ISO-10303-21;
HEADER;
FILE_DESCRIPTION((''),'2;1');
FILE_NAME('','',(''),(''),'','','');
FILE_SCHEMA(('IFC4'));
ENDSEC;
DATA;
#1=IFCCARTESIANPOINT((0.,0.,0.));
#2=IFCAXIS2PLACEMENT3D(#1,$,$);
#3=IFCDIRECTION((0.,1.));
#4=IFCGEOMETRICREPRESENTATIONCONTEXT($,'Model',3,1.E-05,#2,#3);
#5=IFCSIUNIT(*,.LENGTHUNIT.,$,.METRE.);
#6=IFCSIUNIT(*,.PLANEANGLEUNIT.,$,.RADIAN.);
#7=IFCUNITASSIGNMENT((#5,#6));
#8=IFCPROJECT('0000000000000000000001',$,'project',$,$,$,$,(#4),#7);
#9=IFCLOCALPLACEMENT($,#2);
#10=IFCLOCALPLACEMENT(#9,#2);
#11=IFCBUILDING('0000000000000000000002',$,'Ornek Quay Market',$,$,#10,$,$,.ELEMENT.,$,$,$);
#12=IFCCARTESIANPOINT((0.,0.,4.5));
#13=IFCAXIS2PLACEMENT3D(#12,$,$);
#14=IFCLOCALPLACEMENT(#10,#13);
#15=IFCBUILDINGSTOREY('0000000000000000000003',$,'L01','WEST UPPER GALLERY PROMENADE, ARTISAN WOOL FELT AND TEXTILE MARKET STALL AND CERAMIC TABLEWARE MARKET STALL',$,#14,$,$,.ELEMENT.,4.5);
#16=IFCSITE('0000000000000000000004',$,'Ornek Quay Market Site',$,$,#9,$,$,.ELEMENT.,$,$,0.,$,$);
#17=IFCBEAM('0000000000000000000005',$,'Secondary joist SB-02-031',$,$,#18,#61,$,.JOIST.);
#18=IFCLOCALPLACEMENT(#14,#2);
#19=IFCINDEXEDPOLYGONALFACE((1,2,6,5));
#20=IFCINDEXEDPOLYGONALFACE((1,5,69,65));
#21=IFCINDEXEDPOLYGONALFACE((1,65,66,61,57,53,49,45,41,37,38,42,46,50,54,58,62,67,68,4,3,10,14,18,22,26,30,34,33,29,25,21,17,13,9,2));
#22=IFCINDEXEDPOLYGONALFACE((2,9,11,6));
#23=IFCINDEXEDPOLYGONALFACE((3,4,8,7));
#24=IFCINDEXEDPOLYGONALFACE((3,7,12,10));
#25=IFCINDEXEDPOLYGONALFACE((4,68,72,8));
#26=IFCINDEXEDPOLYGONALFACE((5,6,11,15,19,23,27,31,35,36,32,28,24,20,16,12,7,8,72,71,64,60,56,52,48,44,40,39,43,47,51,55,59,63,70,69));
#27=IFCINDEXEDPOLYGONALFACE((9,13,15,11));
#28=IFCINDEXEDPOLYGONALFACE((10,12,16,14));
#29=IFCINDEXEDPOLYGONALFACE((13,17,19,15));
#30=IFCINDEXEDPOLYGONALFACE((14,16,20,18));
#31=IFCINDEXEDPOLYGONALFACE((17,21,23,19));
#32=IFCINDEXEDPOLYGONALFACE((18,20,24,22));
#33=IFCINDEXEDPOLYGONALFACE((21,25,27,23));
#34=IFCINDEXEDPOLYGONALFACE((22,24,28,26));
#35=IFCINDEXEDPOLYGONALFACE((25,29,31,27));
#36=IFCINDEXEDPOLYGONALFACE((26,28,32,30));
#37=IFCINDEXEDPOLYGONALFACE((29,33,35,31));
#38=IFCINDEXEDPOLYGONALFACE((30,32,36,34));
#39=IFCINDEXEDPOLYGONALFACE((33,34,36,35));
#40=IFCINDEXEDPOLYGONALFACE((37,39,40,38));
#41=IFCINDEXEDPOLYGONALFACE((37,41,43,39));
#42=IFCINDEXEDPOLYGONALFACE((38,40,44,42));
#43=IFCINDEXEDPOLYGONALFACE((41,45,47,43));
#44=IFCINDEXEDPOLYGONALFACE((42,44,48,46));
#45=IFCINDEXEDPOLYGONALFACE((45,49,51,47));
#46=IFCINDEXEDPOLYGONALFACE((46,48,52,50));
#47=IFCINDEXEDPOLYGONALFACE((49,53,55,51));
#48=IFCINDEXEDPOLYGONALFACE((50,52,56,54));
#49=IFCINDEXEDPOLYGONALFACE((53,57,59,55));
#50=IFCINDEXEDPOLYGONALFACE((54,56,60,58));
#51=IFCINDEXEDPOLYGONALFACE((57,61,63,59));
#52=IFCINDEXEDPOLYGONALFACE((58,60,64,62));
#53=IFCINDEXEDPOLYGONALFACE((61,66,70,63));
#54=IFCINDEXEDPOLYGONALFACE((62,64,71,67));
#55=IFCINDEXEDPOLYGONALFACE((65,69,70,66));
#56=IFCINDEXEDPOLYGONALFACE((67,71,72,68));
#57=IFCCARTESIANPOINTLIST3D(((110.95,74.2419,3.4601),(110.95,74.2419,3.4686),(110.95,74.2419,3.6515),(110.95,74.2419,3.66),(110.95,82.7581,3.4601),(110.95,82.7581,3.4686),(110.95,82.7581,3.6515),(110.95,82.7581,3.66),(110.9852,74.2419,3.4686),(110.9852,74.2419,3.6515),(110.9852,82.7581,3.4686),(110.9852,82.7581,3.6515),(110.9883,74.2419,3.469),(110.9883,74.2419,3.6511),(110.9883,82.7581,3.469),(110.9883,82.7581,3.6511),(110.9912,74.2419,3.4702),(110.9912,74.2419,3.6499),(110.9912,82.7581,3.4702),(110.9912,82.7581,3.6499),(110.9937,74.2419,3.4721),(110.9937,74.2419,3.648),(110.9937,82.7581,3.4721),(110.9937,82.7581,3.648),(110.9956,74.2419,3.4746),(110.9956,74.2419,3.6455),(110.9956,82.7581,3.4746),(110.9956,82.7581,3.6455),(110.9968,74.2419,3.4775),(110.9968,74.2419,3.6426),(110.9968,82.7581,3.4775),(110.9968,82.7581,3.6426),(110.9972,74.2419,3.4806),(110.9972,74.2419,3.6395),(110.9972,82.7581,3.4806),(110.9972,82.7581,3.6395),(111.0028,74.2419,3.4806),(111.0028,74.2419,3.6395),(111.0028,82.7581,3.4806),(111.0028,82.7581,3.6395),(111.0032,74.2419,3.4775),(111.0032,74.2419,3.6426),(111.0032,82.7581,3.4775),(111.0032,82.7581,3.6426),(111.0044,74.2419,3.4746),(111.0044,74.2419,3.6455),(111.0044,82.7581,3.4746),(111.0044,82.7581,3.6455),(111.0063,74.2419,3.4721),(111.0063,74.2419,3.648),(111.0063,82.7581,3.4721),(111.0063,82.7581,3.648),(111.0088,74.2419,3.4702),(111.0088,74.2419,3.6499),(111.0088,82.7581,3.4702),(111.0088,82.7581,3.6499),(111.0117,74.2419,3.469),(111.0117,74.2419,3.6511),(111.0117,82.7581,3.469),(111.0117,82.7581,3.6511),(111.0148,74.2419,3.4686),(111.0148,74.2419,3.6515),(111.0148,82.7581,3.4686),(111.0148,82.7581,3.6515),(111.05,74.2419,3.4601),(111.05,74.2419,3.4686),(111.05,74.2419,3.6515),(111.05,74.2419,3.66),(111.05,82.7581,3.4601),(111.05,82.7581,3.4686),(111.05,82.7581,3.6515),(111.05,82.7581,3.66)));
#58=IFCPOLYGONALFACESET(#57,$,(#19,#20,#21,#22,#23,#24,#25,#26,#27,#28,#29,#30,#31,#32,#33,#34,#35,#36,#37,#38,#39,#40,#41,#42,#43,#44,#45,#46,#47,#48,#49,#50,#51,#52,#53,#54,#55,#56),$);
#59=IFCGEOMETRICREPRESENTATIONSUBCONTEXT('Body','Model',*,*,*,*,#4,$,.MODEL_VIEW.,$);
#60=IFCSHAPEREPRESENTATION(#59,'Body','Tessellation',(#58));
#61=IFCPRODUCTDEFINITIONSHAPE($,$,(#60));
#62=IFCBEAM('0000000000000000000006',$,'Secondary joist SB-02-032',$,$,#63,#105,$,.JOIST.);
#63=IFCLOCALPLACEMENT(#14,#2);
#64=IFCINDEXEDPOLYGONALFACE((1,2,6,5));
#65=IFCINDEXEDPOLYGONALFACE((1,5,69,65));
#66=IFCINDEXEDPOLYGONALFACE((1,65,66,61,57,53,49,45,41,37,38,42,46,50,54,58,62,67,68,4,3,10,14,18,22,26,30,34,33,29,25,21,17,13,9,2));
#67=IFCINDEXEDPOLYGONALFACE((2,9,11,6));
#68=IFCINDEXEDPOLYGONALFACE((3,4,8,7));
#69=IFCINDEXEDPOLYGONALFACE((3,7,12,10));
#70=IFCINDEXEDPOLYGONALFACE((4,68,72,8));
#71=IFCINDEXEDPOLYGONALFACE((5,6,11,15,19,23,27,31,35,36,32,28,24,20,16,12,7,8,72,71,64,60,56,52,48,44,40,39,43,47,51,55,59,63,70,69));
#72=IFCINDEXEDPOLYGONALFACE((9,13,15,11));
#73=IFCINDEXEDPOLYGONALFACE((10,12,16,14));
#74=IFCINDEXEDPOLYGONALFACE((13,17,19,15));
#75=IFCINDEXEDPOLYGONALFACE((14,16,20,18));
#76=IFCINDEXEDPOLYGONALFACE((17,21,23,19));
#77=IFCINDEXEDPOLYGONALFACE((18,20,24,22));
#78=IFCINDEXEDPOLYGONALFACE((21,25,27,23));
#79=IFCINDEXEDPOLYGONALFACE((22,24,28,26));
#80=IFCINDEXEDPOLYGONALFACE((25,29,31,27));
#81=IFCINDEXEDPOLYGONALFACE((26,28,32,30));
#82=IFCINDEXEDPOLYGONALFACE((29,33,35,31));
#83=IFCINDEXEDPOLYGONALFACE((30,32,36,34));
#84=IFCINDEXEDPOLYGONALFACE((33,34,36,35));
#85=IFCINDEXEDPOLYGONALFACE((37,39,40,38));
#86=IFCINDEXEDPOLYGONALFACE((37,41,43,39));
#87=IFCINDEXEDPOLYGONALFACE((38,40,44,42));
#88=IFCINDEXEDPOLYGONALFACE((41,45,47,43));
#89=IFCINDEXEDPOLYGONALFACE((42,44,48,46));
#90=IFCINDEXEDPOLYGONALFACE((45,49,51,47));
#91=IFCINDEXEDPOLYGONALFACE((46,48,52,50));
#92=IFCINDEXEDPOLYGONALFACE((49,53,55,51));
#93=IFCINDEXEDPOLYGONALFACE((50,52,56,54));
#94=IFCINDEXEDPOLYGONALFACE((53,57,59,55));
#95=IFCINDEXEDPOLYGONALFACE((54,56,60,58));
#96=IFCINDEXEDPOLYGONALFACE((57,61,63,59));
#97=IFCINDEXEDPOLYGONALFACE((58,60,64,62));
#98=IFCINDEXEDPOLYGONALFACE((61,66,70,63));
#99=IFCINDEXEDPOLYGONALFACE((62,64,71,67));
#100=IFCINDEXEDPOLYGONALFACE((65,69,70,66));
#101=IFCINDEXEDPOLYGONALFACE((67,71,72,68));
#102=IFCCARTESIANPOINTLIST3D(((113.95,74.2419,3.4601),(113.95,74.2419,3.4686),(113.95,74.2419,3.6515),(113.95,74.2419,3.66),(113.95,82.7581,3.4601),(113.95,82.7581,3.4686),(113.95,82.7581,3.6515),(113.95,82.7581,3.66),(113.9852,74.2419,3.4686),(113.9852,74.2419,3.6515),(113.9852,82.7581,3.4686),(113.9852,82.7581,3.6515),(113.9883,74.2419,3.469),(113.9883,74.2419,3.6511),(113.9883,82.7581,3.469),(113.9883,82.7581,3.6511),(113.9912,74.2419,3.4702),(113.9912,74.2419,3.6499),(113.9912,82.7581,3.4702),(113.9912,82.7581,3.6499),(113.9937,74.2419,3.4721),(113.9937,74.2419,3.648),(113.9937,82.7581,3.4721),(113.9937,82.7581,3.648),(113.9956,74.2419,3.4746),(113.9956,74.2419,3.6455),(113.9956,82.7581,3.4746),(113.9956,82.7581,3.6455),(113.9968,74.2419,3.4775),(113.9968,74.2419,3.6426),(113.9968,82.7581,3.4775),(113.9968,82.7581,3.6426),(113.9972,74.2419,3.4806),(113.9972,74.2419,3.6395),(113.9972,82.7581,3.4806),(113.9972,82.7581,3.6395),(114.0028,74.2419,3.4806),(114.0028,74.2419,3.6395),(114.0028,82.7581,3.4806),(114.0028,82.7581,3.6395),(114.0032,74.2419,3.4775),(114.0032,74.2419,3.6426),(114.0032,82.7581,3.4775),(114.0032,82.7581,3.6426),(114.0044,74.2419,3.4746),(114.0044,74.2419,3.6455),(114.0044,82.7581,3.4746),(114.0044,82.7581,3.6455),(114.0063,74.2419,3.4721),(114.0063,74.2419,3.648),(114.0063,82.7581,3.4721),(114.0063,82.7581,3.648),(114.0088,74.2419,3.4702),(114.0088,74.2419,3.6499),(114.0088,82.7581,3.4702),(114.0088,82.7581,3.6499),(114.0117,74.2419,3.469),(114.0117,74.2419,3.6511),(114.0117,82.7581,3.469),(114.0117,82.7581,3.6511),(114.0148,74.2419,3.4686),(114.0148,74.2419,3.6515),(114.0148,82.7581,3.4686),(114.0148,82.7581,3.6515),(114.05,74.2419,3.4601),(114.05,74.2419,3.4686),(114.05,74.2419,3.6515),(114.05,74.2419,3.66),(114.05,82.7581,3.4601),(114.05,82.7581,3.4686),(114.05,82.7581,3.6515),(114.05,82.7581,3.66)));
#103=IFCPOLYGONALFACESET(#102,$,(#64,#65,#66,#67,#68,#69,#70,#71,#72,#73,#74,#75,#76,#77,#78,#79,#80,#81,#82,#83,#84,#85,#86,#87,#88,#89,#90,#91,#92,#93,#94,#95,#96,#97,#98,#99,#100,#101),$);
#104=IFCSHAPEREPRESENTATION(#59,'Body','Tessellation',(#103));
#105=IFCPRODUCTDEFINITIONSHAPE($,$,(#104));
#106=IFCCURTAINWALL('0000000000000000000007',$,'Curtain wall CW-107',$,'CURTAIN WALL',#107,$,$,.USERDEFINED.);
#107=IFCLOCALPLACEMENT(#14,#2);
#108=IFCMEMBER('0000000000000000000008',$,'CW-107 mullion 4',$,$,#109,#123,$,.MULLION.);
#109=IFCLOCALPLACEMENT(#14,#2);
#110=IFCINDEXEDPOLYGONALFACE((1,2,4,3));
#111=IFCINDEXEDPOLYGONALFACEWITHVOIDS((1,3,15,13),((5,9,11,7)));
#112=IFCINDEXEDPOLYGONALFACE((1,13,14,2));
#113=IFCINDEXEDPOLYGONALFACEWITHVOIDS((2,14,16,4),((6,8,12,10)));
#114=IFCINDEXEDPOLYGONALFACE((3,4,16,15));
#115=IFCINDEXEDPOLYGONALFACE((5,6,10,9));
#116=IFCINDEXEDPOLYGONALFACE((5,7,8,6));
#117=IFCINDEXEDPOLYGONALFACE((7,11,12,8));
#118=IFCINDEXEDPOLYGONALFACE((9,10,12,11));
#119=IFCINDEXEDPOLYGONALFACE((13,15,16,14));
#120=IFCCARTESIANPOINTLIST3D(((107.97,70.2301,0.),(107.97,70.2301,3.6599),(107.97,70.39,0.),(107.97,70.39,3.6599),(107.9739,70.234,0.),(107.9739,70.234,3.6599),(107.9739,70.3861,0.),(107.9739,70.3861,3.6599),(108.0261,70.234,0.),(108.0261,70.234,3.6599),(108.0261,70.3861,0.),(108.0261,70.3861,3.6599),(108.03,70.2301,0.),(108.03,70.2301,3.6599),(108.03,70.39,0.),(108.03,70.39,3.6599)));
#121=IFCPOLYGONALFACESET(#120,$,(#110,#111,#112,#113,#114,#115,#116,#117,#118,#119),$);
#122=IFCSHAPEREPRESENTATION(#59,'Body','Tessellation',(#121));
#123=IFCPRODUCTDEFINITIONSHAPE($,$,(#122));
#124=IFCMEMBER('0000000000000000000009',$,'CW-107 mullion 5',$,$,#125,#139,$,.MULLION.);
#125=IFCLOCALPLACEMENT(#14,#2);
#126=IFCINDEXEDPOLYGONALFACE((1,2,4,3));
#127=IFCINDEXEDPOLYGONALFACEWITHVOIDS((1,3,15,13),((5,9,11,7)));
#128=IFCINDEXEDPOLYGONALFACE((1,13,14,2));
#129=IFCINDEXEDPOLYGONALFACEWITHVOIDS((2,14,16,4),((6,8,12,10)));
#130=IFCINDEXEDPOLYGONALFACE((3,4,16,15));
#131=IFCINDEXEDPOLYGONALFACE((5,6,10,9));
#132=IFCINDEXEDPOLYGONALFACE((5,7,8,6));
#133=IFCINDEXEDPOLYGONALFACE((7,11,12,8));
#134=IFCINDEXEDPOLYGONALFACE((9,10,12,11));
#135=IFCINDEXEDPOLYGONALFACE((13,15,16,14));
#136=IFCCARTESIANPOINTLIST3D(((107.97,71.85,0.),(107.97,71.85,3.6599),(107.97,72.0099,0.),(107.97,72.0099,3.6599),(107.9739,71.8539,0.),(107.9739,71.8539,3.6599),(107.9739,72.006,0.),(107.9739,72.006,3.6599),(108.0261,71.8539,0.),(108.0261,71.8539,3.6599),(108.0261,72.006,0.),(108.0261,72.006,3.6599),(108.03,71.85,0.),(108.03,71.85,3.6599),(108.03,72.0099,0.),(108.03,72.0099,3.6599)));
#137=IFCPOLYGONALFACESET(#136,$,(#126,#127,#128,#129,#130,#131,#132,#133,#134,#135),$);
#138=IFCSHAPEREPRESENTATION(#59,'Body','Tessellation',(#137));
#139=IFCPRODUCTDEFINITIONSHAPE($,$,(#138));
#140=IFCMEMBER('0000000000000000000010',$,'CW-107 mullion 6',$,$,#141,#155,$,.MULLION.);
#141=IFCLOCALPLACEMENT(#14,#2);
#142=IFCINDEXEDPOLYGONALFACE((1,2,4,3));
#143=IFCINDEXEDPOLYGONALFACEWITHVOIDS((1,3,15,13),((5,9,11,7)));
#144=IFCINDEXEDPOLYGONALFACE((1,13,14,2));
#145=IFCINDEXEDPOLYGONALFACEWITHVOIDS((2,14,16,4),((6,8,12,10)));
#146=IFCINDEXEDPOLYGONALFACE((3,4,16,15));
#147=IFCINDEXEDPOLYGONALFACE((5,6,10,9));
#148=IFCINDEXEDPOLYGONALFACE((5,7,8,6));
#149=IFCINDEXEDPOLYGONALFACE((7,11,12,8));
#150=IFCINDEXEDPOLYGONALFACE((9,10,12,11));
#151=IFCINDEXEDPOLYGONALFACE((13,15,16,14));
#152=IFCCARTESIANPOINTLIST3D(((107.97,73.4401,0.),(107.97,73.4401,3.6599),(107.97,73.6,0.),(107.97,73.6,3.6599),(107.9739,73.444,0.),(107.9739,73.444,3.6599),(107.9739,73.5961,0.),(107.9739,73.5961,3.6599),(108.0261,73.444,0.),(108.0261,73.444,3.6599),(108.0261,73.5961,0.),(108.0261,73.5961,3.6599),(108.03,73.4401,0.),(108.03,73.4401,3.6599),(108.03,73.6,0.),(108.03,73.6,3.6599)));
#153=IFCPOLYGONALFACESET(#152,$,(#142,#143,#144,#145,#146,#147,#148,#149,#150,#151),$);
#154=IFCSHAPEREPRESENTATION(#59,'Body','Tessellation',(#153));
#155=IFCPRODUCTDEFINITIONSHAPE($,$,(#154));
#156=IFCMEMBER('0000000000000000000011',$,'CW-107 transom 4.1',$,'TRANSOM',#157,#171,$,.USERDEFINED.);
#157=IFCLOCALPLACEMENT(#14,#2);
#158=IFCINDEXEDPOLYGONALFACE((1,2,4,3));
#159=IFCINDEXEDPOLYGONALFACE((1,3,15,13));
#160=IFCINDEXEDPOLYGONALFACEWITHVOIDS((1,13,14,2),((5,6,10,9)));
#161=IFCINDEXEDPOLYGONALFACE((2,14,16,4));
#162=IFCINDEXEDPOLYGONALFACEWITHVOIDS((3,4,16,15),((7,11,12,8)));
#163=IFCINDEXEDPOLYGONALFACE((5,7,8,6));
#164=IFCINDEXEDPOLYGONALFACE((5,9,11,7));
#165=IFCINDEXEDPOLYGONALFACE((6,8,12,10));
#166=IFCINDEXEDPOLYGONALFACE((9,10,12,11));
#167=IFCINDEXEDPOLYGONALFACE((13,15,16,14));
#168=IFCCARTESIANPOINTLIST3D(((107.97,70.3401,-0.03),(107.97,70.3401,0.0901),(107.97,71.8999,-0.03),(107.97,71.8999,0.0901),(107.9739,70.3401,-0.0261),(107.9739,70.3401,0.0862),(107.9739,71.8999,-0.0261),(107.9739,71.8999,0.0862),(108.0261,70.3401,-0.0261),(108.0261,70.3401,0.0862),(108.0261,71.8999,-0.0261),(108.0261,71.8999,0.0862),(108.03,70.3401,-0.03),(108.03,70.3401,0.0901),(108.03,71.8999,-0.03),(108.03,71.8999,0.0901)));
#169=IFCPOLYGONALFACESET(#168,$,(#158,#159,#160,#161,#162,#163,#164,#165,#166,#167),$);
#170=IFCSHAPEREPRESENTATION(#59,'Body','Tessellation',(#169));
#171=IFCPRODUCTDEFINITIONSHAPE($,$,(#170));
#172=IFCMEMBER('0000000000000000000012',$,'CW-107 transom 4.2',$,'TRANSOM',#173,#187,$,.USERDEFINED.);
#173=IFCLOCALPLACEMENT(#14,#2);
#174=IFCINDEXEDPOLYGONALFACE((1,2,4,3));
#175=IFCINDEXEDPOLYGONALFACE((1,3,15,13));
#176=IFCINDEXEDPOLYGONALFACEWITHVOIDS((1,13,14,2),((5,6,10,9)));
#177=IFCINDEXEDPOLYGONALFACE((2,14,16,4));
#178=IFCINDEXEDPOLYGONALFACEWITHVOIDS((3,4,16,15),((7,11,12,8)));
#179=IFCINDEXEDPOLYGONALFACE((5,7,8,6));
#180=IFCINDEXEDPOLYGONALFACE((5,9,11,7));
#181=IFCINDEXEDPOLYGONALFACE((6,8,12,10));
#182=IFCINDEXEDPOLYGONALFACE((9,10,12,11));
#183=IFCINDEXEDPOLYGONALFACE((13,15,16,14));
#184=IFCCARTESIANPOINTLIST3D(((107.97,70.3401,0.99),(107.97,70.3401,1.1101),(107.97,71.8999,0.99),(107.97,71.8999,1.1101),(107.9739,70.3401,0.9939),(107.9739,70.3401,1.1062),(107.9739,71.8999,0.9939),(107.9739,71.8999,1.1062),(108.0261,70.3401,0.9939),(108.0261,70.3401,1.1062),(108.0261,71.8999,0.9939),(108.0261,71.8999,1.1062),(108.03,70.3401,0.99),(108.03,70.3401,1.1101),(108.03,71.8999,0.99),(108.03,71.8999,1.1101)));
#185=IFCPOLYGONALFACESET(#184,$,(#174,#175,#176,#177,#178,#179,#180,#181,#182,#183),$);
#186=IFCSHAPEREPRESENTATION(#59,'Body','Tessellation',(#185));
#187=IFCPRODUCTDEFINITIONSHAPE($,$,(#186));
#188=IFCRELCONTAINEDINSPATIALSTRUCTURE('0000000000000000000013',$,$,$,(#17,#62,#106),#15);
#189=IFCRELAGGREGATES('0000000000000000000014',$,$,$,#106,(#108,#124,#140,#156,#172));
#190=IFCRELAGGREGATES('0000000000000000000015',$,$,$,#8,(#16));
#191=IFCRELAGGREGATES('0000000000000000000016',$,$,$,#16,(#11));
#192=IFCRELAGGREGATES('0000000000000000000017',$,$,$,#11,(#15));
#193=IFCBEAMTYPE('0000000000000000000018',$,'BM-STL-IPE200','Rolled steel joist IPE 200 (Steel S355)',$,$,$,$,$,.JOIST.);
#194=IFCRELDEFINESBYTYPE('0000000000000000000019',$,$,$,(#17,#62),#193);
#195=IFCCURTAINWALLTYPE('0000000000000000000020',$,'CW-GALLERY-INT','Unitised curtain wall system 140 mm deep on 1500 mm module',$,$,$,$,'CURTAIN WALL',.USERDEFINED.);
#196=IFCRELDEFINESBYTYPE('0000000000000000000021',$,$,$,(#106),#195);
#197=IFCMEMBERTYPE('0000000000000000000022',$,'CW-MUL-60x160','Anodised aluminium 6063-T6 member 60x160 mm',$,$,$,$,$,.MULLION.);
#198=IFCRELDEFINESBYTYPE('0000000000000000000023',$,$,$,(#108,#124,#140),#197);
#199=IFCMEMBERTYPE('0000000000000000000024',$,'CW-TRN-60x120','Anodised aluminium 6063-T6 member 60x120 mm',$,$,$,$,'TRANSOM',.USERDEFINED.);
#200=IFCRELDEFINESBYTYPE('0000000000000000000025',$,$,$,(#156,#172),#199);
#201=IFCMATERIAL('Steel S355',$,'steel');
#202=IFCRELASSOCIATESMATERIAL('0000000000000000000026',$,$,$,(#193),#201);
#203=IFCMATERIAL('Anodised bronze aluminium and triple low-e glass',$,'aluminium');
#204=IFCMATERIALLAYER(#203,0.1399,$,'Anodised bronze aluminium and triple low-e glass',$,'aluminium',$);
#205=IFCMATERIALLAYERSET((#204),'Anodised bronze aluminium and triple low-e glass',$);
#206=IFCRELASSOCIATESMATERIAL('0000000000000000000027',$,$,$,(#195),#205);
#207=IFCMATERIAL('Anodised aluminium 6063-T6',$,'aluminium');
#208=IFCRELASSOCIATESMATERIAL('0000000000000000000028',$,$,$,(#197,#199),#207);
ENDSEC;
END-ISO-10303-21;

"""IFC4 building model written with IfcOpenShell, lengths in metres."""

from ifc_helpers import new_model, si_unit, direction, frame, origin, origin_2d, place, context, subcontext, project, spatial, hollow_rectangle, i_section, extrude, material, layer, layer_set, material_profile, profile_set, type_object, element, aggregate, save


model = new_model("IFC4")

# Units and contexts
model_context = context("Model", 3, precision=1e-05, world=origin(), true_north=direction((0.0, 1.0)))
body_context = subcontext(model_context, "Body", "Model", "MODEL_VIEW")
ifc_project = project(units=[si_unit("LENGTHUNIT", "METRE"), si_unit("PLANEANGLEUNIT", "RADIAN")], contexts=[model_context])

# Site, building, storey
site_placement = place(None, origin())
site = spatial("IfcSite", under=ifc_project, at=site_placement, Name="Ornek Quay Market Site", CompositionType="ELEMENT", RefElevation=0.0)
building_placement = place(site_placement, origin())
building = spatial("IfcBuilding", under=site, at=building_placement, Name="Ornek Quay Market", CompositionType="ELEMENT")
storey_placement = place(building_placement, frame((0.0, 0.0, 4.5)))
storey = spatial("IfcBuildingStorey", under=building, at=storey_placement, Name="L01", Description="WEST UPPER GALLERY PROMENADE, ARTISAN WOOL FELT AND TEXTILE MARKET STALL AND CERAMIC TABLEWARE MARKET STALL", CompositionType="ELEMENT", Elevation=4.5)

# Beams
ifc_material_1 = material(Name="Steel S355", Category="steel")
ifc_material_profile_1 = material_profile(ifc_material_1, i_section(OverallWidth=0.1001, OverallDepth=0.2, WebThickness=0.0056, FlangeThickness=0.0085, FilletRadius=0.012, at=origin_2d()), Name="IPE 200", Category="steel")
ifc_profile_set_1 = profile_set([ifc_material_profile_1], Name="Steel S355")
beam_type_1 = type_object("IfcBeamType", Name="BM-STL-IPE200", Description="Rolled steel joist IPE 200 (Steel S355)", PredefinedType="JOIST", material=ifc_profile_set_1)
for number, where, z_axis, x_axis, name in (
    (1, (111.0, 74.2419, 3.5601), (0.0, 1.0, 0.0), (-1.0, 0.0, 0.0), "Secondary joist SB-02-031"),
    (2, (114.0, 74.2419, 3.5601), (0.0, 1.0, 0.0), (-1.0, 0.0, 0.0), "Secondary joist SB-02-032"),
):
    element("IfcBeam", number, at=place(storey_placement, frame(where, z_axis=z_axis, x_axis=x_axis)), inside=storey, type_object=beam_type_1, Name=name, PredefinedType="JOIST", context=body_context, shape_type="SweptSolid", body=[
        extrude(i_section(OverallWidth=0.1001, OverallDepth=0.2, WebThickness=0.0056, FlangeThickness=0.0085, FilletRadius=0.012, at=origin_2d()), origin(), (0.0, 0.0, 1.0), 8.5161),
    ])

# Curtain wall, members
ifc_material_2 = material(Name="Anodised bronze aluminium and triple low-e glass", Category="aluminium")
ifc_layer_1 = layer(ifc_material_2, 0.1399, Name="Anodised bronze aluminium and triple low-e glass", Category="aluminium")
ifc_layer_set_1 = layer_set([ifc_layer_1], Name="Anodised bronze aluminium and triple low-e glass")
curtain_wall_type = type_object("IfcCurtainWallType", Name="CW-GALLERY-INT", Description="Unitised curtain wall system 140 mm deep on 1500 mm module", ElementType="CURTAIN WALL", PredefinedType="USERDEFINED", material=ifc_layer_set_1)
curtain_wall_placement = place(storey_placement, origin())
curtain_wall = element("IfcCurtainWall", 3, at=curtain_wall_placement, inside=storey, type_object=curtain_wall_type, Name="Curtain wall CW-107", ObjectType="CURTAIN WALL", PredefinedType="USERDEFINED")
ifc_material_3 = material(Name="Anodised aluminium 6063-T6", Category="aluminium")
ifc_material_profile_2 = material_profile(ifc_material_3, hollow_rectangle(XDim=0.0601, YDim=0.1599, WallThickness=0.0039, at=origin_2d()), Name="CW-MUL-60x160", Category="aluminium")
ifc_profile_set_2 = profile_set([ifc_material_profile_2], Name="Anodised aluminium 6063-T6")
member_type_1 = type_object("IfcMemberType", Name="CW-MUL-60x160", Description="Anodised aluminium 6063-T6 member 60x160 mm", PredefinedType="MULLION", material=ifc_profile_set_2)
member_1_placement = place(storey_placement, frame((108.0, 70.3101, 0.0), z_axis=(0.0, 0.0, 1.0), x_axis=(-1.0, 0.0, 0.0)))
member_1 = element("IfcMember", 4, at=member_1_placement, type_object=member_type_1, Name="CW-107 mullion 4", PredefinedType="MULLION", context=body_context, shape_type="SweptSolid", body=[
    extrude(hollow_rectangle(XDim=0.0601, YDim=0.1599, WallThickness=0.0039, at=origin_2d()), origin(), (0.0, 0.0, 1.0), 3.6599),
])
member_2_placement = place(storey_placement, frame((108.0, 71.9299, 0.0), z_axis=(0.0, 0.0, 1.0), x_axis=(-1.0, 0.0, 0.0)))
member_2 = element("IfcMember", 5, at=member_2_placement, type_object=member_type_1, Name="CW-107 mullion 5", PredefinedType="MULLION", context=body_context, shape_type="SweptSolid", body=[
    extrude(hollow_rectangle(XDim=0.0601, YDim=0.1599, WallThickness=0.0039, at=origin_2d()), origin(), (0.0, 0.0, 1.0), 3.6599),
])
member_3_placement = place(storey_placement, frame((108.0, 73.52, 0.0), z_axis=(0.0, 0.0, 1.0), x_axis=(-1.0, 0.0, 0.0)))
member_3 = element("IfcMember", 6, at=member_3_placement, type_object=member_type_1, Name="CW-107 mullion 6", PredefinedType="MULLION", context=body_context, shape_type="SweptSolid", body=[
    extrude(hollow_rectangle(XDim=0.0601, YDim=0.1599, WallThickness=0.0039, at=origin_2d()), origin(), (0.0, 0.0, 1.0), 3.6599),
])
ifc_material_profile_3 = material_profile(ifc_material_3, hollow_rectangle(XDim=0.0601, YDim=0.1201, WallThickness=0.0039, at=origin_2d()), Name="CW-TRN-60x120", Category="aluminium")
ifc_profile_set_3 = profile_set([ifc_material_profile_3], Name="Anodised aluminium 6063-T6")
member_type_2 = type_object("IfcMemberType", Name="CW-TRN-60x120", Description="Anodised aluminium 6063-T6 member 60x120 mm", ElementType="TRANSOM", PredefinedType="USERDEFINED", material=ifc_profile_set_3)
member_4_placement = place(storey_placement, frame((108.0, 70.3401, 0.03), z_axis=(0.0, 1.0, 0.0), x_axis=(-1.0, 0.0, 0.0)))
member_4 = element("IfcMember", 7, at=member_4_placement, type_object=member_type_2, Name="CW-107 transom 4.1", ObjectType="TRANSOM", PredefinedType="USERDEFINED", context=body_context, shape_type="SweptSolid", body=[
    extrude(hollow_rectangle(XDim=0.0601, YDim=0.1201, WallThickness=0.0039, at=origin_2d()), origin(), (0.0, 0.0, 1.0), 1.5598),
])
member_5_placement = place(storey_placement, frame((108.0, 70.3401, 1.05), z_axis=(0.0, 1.0, 0.0), x_axis=(-1.0, 0.0, 0.0)))
member_5 = element("IfcMember", 8, at=member_5_placement, type_object=member_type_2, Name="CW-107 transom 4.2", ObjectType="TRANSOM", PredefinedType="USERDEFINED", context=body_context, shape_type="SweptSolid", body=[
    extrude(hollow_rectangle(XDim=0.0601, YDim=0.1201, WallThickness=0.0039, at=origin_2d()), origin(), (0.0, 0.0, 1.0), 1.5598),
])
aggregate(curtain_wall, [member_1, member_2, member_3, member_4, member_5])

save(model, "model.ifc")
